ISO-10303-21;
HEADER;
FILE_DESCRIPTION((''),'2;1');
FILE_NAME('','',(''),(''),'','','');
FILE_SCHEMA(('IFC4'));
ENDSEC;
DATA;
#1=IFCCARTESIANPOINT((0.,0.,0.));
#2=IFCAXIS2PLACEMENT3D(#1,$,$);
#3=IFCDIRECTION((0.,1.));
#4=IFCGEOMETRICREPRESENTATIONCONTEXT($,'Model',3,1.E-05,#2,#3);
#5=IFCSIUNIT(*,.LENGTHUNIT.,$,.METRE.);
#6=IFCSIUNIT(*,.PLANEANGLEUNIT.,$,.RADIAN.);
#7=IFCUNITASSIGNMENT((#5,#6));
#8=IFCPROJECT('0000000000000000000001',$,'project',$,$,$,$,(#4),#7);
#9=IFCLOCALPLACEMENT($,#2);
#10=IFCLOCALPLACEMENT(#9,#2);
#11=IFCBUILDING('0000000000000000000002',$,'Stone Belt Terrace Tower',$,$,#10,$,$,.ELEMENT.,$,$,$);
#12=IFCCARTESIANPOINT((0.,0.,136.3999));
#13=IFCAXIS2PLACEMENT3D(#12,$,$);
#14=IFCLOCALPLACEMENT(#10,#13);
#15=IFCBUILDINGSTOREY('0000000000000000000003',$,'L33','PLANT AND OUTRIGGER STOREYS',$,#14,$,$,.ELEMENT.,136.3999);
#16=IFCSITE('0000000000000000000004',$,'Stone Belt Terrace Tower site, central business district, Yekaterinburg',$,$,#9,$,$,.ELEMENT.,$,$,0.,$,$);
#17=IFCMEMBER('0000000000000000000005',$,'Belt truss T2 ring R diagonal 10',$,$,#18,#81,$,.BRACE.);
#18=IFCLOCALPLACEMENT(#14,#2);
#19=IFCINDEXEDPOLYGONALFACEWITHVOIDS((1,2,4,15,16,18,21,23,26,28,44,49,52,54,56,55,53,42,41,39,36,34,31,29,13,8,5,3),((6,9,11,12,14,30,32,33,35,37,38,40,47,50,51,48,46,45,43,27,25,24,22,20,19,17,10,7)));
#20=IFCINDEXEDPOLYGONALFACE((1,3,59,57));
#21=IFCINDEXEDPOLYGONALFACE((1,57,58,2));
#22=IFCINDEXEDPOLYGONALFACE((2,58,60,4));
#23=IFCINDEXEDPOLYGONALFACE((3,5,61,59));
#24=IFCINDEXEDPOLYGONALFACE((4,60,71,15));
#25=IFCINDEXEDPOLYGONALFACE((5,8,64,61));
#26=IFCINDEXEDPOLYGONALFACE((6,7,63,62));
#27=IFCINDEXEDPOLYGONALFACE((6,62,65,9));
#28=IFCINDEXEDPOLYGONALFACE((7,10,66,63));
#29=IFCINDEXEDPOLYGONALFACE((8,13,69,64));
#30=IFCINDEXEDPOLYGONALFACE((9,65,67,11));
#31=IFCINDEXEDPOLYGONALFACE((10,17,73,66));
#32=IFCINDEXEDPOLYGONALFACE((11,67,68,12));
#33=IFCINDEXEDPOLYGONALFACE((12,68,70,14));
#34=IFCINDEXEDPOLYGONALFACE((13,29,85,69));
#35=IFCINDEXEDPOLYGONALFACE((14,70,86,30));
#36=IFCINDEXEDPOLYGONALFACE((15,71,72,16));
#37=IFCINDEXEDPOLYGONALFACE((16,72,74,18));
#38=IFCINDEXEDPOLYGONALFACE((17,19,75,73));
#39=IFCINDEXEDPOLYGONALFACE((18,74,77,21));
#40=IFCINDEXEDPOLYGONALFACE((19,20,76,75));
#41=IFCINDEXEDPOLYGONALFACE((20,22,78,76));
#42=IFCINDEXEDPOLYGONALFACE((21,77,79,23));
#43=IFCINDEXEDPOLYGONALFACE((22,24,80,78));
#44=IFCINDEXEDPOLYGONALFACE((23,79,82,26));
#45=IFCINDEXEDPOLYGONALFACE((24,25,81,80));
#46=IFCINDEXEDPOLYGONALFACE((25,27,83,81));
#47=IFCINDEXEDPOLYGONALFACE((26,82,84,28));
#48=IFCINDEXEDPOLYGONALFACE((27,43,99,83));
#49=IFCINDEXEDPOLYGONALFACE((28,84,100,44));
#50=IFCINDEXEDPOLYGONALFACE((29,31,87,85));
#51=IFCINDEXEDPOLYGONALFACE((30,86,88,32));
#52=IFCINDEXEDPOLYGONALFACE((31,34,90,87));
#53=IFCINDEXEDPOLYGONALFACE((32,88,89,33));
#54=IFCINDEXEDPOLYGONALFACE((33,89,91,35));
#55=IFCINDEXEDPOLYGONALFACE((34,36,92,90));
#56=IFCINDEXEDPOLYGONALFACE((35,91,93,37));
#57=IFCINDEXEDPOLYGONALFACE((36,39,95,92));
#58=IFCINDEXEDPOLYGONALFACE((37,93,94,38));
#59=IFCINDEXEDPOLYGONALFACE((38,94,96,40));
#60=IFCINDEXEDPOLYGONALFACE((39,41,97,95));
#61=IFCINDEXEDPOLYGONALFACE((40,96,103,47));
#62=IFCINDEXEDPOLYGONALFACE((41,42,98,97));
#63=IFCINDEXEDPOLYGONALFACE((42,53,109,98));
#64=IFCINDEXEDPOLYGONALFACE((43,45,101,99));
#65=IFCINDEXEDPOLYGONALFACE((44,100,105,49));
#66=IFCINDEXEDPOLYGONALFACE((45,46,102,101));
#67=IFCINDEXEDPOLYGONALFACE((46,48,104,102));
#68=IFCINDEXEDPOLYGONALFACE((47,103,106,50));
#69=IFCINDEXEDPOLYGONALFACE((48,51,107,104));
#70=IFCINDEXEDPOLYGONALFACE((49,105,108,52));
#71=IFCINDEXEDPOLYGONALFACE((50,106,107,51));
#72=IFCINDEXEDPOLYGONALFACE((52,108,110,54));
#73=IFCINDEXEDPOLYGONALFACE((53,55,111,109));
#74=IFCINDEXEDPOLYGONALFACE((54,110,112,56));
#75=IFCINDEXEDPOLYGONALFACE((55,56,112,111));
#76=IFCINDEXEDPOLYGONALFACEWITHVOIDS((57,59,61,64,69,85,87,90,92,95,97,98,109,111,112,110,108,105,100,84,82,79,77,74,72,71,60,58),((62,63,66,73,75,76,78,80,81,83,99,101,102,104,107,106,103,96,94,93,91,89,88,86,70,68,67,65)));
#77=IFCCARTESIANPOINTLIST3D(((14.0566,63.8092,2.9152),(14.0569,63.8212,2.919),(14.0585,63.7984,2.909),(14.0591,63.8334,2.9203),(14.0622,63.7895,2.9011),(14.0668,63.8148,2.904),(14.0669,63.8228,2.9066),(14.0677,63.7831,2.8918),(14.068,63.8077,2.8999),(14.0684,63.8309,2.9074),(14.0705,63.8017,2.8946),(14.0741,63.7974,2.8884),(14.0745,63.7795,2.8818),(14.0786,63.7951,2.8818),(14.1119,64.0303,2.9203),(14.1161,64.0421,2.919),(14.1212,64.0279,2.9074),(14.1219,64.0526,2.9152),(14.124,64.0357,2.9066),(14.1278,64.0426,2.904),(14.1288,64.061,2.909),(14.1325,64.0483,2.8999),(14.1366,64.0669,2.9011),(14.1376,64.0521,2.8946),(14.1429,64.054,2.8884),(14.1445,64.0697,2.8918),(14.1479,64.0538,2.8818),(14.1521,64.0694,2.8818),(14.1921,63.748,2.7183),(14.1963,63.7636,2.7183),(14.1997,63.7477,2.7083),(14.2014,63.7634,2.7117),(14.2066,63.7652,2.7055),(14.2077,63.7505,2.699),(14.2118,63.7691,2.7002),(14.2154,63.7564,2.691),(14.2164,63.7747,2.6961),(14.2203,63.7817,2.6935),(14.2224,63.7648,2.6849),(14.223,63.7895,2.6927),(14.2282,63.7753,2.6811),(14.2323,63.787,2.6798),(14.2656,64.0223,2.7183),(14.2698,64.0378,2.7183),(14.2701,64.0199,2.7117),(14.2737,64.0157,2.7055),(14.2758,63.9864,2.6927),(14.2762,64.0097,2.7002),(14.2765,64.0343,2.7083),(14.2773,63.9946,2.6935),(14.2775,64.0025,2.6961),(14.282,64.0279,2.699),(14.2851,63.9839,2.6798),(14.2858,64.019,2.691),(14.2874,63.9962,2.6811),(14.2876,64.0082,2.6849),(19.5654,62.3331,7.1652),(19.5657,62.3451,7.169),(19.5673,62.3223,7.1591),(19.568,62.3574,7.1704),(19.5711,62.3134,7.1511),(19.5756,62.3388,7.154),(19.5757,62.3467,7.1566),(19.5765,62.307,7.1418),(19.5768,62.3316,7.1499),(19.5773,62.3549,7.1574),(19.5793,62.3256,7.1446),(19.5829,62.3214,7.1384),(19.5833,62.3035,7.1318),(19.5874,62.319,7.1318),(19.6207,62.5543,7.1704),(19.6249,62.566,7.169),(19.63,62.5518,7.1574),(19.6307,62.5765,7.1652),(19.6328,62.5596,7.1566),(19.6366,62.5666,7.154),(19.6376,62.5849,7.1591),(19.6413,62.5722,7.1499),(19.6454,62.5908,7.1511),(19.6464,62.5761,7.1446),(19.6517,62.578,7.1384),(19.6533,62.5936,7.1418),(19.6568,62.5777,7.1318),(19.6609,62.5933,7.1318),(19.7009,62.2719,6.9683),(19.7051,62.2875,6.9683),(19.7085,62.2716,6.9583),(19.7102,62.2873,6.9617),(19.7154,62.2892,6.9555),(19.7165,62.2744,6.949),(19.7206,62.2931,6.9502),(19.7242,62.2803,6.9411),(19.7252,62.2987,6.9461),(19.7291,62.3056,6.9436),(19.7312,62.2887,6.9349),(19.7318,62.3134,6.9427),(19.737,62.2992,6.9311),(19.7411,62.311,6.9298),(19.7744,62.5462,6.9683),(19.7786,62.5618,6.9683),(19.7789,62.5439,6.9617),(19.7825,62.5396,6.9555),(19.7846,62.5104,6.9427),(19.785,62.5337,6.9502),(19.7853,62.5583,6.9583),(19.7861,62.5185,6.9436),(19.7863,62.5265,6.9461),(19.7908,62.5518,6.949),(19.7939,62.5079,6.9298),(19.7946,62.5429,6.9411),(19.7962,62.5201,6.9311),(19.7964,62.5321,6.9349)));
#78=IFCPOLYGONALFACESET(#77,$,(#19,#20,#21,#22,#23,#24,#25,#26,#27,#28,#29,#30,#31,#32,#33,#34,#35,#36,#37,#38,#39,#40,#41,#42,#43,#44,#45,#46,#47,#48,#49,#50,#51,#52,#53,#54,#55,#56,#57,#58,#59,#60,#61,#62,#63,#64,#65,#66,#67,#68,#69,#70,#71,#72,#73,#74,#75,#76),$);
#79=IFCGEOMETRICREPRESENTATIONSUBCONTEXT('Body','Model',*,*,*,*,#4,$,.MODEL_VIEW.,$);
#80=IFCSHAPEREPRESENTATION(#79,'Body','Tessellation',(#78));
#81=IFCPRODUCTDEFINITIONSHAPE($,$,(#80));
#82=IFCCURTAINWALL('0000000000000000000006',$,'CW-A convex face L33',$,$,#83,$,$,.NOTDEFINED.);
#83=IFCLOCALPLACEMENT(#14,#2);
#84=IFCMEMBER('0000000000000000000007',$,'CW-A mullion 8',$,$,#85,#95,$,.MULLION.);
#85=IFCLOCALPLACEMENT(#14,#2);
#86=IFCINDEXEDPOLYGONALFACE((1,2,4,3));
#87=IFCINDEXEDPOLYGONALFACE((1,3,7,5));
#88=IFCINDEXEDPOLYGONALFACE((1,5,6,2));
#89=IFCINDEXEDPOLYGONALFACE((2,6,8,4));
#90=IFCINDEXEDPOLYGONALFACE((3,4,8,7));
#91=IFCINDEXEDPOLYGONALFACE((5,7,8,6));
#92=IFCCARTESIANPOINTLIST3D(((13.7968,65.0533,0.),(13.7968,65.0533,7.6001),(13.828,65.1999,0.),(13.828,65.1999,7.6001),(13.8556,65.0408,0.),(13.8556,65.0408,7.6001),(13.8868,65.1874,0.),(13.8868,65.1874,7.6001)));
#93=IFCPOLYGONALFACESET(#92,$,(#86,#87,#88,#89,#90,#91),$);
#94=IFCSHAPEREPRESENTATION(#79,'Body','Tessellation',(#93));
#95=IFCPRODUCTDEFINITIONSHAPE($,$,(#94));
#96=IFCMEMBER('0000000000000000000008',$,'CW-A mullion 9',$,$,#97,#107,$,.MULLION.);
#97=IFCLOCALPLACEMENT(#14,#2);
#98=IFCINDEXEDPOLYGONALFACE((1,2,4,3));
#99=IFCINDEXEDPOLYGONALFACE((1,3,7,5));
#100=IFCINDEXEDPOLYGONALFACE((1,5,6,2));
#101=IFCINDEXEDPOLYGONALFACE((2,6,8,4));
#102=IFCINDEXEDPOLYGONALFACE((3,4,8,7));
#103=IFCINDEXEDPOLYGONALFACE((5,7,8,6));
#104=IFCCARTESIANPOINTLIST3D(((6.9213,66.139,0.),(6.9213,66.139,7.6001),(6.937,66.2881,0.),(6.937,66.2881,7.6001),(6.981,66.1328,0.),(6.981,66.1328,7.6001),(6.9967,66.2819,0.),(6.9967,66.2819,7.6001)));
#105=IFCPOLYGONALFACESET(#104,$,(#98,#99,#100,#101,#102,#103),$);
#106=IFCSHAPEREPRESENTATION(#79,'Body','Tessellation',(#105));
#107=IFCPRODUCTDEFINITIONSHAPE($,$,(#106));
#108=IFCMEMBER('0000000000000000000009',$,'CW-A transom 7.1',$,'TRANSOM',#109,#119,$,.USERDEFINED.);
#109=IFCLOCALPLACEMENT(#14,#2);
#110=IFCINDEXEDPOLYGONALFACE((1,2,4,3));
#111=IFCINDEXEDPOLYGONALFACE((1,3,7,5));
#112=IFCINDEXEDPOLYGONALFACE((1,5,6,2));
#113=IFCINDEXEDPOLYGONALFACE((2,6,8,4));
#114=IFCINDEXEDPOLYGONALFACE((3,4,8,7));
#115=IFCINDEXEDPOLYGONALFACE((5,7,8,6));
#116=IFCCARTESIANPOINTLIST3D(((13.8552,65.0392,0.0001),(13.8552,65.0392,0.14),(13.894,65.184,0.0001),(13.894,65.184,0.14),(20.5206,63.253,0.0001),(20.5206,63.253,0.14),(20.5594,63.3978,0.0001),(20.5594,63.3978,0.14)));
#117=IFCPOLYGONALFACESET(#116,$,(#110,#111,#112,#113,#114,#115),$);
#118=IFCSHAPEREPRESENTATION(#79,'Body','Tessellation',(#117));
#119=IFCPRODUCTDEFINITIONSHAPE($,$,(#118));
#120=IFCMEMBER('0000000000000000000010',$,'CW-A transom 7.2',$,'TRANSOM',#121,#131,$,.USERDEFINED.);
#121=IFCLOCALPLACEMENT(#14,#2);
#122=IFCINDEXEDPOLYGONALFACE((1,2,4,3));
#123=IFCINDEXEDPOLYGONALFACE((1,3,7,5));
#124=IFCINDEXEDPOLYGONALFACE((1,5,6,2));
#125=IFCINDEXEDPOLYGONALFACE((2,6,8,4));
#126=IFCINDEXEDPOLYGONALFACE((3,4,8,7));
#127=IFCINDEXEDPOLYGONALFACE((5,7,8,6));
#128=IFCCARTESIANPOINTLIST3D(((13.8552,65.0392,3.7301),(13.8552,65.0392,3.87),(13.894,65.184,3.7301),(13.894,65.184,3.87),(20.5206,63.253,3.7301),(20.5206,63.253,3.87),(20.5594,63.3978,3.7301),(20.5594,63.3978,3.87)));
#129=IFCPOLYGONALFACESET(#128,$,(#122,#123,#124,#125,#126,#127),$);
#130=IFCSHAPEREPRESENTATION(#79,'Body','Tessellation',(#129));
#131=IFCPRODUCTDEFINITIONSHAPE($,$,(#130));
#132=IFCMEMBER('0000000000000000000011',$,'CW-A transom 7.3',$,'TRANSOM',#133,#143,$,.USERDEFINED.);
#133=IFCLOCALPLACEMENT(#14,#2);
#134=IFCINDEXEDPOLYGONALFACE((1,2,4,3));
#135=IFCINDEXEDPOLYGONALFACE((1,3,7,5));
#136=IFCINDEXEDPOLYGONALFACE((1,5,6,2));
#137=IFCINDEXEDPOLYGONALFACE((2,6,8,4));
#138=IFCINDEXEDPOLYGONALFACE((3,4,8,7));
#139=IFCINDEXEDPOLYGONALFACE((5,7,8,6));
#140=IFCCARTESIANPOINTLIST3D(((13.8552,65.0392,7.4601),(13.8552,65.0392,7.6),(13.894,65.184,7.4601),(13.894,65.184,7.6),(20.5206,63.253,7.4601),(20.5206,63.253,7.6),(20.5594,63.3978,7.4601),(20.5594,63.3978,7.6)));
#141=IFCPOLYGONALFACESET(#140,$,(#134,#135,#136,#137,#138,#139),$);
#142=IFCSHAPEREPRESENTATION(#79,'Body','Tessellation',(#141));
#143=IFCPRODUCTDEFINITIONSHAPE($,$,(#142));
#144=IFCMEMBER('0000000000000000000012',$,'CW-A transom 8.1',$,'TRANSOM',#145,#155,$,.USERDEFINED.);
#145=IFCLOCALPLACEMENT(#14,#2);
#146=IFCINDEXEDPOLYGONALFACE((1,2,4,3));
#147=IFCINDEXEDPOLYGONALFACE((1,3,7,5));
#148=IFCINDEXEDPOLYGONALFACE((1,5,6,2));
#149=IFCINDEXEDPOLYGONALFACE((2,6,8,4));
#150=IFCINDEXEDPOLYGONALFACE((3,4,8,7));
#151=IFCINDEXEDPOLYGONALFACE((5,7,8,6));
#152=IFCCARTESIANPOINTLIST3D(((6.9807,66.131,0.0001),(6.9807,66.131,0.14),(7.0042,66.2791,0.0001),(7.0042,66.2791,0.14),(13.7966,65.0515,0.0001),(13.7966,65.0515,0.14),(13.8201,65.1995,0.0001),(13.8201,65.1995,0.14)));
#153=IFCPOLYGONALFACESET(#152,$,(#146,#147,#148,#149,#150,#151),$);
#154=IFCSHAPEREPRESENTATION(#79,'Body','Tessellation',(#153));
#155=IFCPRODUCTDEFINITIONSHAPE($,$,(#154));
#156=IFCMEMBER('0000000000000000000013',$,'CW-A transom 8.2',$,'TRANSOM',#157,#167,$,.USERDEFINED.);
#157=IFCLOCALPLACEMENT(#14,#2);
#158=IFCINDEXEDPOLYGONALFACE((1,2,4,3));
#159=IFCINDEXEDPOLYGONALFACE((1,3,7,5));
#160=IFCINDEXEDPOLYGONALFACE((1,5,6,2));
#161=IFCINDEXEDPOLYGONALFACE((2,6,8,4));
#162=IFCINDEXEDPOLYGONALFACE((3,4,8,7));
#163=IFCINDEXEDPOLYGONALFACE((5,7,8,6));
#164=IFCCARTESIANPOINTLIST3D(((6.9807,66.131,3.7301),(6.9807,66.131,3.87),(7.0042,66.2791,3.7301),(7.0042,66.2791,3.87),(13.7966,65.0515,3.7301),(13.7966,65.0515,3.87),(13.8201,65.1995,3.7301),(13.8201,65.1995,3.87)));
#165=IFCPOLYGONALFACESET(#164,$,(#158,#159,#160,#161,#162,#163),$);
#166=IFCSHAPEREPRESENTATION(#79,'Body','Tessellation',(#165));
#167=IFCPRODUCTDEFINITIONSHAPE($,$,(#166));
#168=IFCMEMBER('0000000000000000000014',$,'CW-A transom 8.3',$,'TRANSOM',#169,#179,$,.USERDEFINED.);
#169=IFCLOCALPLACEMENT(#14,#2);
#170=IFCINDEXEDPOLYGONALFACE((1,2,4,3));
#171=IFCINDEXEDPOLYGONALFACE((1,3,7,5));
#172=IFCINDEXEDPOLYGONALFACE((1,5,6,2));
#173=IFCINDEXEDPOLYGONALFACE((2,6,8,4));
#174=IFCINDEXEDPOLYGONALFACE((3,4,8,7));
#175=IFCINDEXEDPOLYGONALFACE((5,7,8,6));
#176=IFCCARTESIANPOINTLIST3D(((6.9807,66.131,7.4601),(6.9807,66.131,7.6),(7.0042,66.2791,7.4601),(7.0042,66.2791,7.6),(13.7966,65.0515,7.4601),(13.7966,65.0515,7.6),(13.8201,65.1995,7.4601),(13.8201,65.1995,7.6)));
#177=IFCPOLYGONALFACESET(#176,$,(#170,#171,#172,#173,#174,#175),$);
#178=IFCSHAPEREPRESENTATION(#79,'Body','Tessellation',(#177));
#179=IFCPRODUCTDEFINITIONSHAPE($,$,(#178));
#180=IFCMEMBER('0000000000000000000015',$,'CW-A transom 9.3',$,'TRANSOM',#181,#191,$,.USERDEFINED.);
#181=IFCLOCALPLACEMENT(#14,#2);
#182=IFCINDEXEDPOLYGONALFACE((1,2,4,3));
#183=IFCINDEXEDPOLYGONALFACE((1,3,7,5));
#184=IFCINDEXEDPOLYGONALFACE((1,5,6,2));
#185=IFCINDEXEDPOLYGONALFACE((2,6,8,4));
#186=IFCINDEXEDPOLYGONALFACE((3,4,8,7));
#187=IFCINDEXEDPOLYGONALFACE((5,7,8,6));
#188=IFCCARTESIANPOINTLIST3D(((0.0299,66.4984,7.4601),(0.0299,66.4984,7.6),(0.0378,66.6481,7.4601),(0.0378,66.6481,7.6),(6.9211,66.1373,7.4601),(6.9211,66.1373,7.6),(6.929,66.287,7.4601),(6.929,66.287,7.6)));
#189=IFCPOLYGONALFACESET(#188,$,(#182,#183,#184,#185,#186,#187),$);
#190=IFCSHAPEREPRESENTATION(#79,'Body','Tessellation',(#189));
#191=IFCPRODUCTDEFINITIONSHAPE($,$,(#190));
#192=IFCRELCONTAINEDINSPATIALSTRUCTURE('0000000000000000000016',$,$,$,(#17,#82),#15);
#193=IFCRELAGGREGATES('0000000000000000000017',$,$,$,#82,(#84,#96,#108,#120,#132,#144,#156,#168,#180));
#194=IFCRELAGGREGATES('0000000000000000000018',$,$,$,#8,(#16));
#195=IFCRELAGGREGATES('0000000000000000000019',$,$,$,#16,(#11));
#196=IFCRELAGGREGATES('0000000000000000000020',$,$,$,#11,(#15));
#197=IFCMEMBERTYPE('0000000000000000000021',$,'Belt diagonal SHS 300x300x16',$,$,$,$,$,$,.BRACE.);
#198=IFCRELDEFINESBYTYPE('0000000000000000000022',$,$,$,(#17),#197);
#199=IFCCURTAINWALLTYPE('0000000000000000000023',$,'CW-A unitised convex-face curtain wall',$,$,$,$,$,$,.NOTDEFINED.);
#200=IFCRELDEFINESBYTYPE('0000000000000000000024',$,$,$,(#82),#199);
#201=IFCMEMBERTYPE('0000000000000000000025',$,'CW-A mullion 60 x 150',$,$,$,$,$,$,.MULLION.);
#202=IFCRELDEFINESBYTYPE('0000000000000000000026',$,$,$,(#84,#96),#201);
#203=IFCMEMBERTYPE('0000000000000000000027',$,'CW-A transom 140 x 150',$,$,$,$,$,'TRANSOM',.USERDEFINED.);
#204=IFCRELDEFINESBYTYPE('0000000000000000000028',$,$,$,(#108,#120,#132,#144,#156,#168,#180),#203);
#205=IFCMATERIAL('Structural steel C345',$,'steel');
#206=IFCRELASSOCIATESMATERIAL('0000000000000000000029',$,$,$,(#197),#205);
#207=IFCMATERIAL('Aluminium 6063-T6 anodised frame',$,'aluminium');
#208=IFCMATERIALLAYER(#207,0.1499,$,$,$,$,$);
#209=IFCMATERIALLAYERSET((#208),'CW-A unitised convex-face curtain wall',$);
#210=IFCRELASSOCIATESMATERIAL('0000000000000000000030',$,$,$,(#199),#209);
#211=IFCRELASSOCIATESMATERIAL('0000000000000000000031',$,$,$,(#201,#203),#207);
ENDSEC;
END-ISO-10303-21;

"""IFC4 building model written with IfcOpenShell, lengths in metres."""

from ifc_helpers import new_model, si_unit, direction, frame, origin, origin_2d, place, context, subcontext, project, spatial, rectangle, hollow_rectangle, extrude, material, layer, layer_set, material_profile, profile_set, type_object, element, aggregate, save


model = new_model("IFC4")

# Units and contexts
model_context = context("Model", 3, precision=1e-05, world=origin(), true_north=direction((0.0, 1.0)))
body_context = subcontext(model_context, "Body", "Model", "MODEL_VIEW")
ifc_project = project(units=[si_unit("LENGTHUNIT", "METRE"), si_unit("PLANEANGLEUNIT", "RADIAN")], contexts=[model_context])

# Site, building, storey
site_placement = place(None, origin())
site = spatial("IfcSite", under=ifc_project, at=site_placement, Name="Stone Belt Terrace Tower site, central business district, Yekaterinburg", CompositionType="ELEMENT", RefElevation=0.0)
building_placement = place(site_placement, origin())
building = spatial("IfcBuilding", under=site, at=building_placement, Name="Stone Belt Terrace Tower", CompositionType="ELEMENT")
storey_placement = place(building_placement, frame((0.0, 0.0, 136.3999)))
storey = spatial("IfcBuildingStorey", under=building, at=storey_placement, Name="L33", Description="PLANT AND OUTRIGGER STOREYS", CompositionType="ELEMENT", Elevation=136.3999)

# Member
ifc_material_1 = material(Name="Structural steel C345", Category="steel")
ifc_material_profile_1 = material_profile(ifc_material_1, hollow_rectangle(XDim=0.3, YDim=0.3, WallThickness=0.0161, InnerFilletRadius=0.032, OuterFilletRadius=0.0481, at=origin_2d()), Name="SHS 300x300x16")
ifc_profile_set_1 = profile_set([ifc_material_profile_1], Name="Structural steel C345")
member_type_1 = type_object("IfcMemberType", Name="Belt diagonal SHS 300x300x16", PredefinedType="BRACE", material=ifc_profile_set_1)
for number, where, z_axis, x_axis, name in (
    (1, (14.1721, 63.9087, 2.8), (0.774519, -0.207532, 0.597537), (0.258819, 0.965926, 0.0), "Belt truss T2 ring R diagonal 10"),
):
    element("IfcMember", number, at=place(storey_placement, frame(where, z_axis=z_axis, x_axis=x_axis)), inside=storey, type_object=member_type_1, Name=name, PredefinedType="BRACE", context=body_context, shape_type="SweptSolid", body=[
        extrude(hollow_rectangle(XDim=0.3, YDim=0.3, WallThickness=0.0161, InnerFilletRadius=0.032, OuterFilletRadius=0.0481, at=origin_2d()), origin(), (0.0, 0.0, 1.0), 7.1125),
    ])

# Curtain wall, members
ifc_material_2 = material(Name="Aluminium 6063-T6 anodised frame", Category="aluminium")
ifc_layer_1 = layer(ifc_material_2, 0.1499)
ifc_layer_set_1 = layer_set([ifc_layer_1], Name="CW-A unitised convex-face curtain wall")
curtain_wall_type = type_object("IfcCurtainWallType", Name="CW-A unitised convex-face curtain wall", PredefinedType="NOTDEFINED", material=ifc_layer_set_1)
curtain_wall_placement = place(storey_placement, origin())
curtain_wall = element("IfcCurtainWall", 2, at=curtain_wall_placement, inside=storey, type_object=curtain_wall_type, Name="CW-A convex face L33", PredefinedType="NOTDEFINED")
ifc_material_profile_2 = material_profile(ifc_material_2, rectangle(XDim=0.1499, YDim=0.0601, at=origin_2d()), Name="Aluminium 6063-T6 60x150")
ifc_profile_set_2 = profile_set([ifc_material_profile_2], Name="Aluminium 6063-T6 anodised frame")
member_type_2 = type_object("IfcMemberType", Name="CW-A mullion 60 x 150", PredefinedType="MULLION", material=ifc_profile_set_2)
member_1_placement = place(storey_placement, frame((13.8418, 65.1204, 0.0), z_axis=(0.0, 0.0, 1.0), x_axis=(-0.207912, -0.978148, 0.0)))
member_1 = element("IfcMember", 3, at=member_1_placement, type_object=member_type_2, Name="CW-A mullion 8", PredefinedType="MULLION", context=body_context, shape_type="SweptSolid", body=[
    extrude(rectangle(XDim=0.1499, YDim=0.0601, at=origin_2d()), origin(), (0.0, 0.0, 1.0), 7.6001),
])
member_2_placement = place(storey_placement, frame((6.959, 66.2104, 0.0), z_axis=(0.0, 0.0, 1.0), x_axis=(-0.104528, -0.994522, 0.0)))
member_2 = element("IfcMember", 4, at=member_2_placement, type_object=member_type_2, Name="CW-A mullion 9", PredefinedType="MULLION", context=body_context, shape_type="SweptSolid", body=[
    extrude(rectangle(XDim=0.1499, YDim=0.0601, at=origin_2d()), origin(), (0.0, 0.0, 1.0), 7.6001),
])
ifc_material_profile_3 = material_profile(ifc_material_2, rectangle(XDim=0.1499, YDim=0.1399, at=origin_2d()), Name="Aluminium 6063-T6 150x140")
ifc_profile_set_3 = profile_set([ifc_material_profile_3], Name="Aluminium 6063-T6 anodised frame")
member_type_3 = type_object("IfcMemberType", Name="CW-A transom 140 x 150", ElementType="TRANSOM", PredefinedType="USERDEFINED", material=ifc_profile_set_3)
member_3_placement = place(storey_placement, frame((20.54, 63.3254, 0.0701), z_axis=(-0.965922, 0.258834, 0.0), x_axis=(-0.258834, -0.965922, 0.0)))
member_3 = element("IfcMember", 5, at=member_3_placement, type_object=member_type_3, Name="CW-A transom 7.1", ObjectType="TRANSOM", PredefinedType="USERDEFINED", context=body_context, shape_type="SweptSolid", body=[
    extrude(rectangle(XDim=0.1499, YDim=0.1399, at=origin_2d()), origin(), (0.0, 0.0, 1.0), 6.9006),
])
member_4_placement = place(storey_placement, frame((20.54, 63.3254, 3.8), z_axis=(-0.965922, 0.258834, 0.0), x_axis=(-0.258834, -0.965922, 0.0)))
member_4 = element("IfcMember", 6, at=member_4_placement, type_object=member_type_3, Name="CW-A transom 7.2", ObjectType="TRANSOM", PredefinedType="USERDEFINED", context=body_context, shape_type="SweptSolid", body=[
    extrude(rectangle(XDim=0.1499, YDim=0.1399, at=origin_2d()), origin(), (0.0, 0.0, 1.0), 6.9006),
])
member_5_placement = place(storey_placement, frame((20.54, 63.3254, 7.53), z_axis=(-0.965922, 0.258834, 0.0), x_axis=(-0.258834, -0.965922, 0.0)))
member_5 = element("IfcMember", 7, at=member_5_placement, type_object=member_type_3, Name="CW-A transom 7.3", ObjectType="TRANSOM", PredefinedType="USERDEFINED", context=body_context, shape_type="SweptSolid", body=[
    extrude(rectangle(XDim=0.1499, YDim=0.1399, at=origin_2d()), origin(), (0.0, 0.0, 1.0), 6.9006),
])
member_6_placement = place(storey_placement, frame((13.8083, 65.1255, 0.0701), z_axis=(-0.987687, 0.156442, 0.0), x_axis=(-0.156442, -0.987687, 0.0)))
member_6 = element("IfcMember", 8, at=member_6_placement, type_object=member_type_3, Name="CW-A transom 8.1", ObjectType="TRANSOM", PredefinedType="USERDEFINED", context=body_context, shape_type="SweptSolid", body=[
    extrude(rectangle(XDim=0.1499, YDim=0.1399, at=origin_2d()), origin(), (0.0, 0.0, 1.0), 6.9009),
])
member_7_placement = place(storey_placement, frame((13.8083, 65.1255, 3.8), z_axis=(-0.987687, 0.156442, 0.0), x_axis=(-0.156442, -0.987687, 0.0)))
member_7 = element("IfcMember", 9, at=member_7_placement, type_object=member_type_3, Name="CW-A transom 8.2", ObjectType="TRANSOM", PredefinedType="USERDEFINED", context=body_context, shape_type="SweptSolid", body=[
    extrude(rectangle(XDim=0.1499, YDim=0.1399, at=origin_2d()), origin(), (0.0, 0.0, 1.0), 6.9009),
])
member_8_placement = place(storey_placement, frame((13.8083, 65.1255, 7.53), z_axis=(-0.987687, 0.156442, 0.0), x_axis=(-0.156442, -0.987687, 0.0)))
member_8 = element("IfcMember", 10, at=member_8_placement, type_object=member_type_3, Name="CW-A transom 8.3", ObjectType="TRANSOM", PredefinedType="USERDEFINED", context=body_context, shape_type="SweptSolid", body=[
    extrude(rectangle(XDim=0.1499, YDim=0.1399, at=origin_2d()), origin(), (0.0, 0.0, 1.0), 6.9009),
])
member_9_placement = place(storey_placement, frame((6.925, 66.2122, 7.53), z_axis=(-0.99863, 0.052327, 0.0), x_axis=(-0.052327, -0.99863, 0.0)))
member_9 = element("IfcMember", 11, at=member_9_placement, type_object=member_type_3, Name="CW-A transom 9.3", ObjectType="TRANSOM", PredefinedType="USERDEFINED", context=body_context, shape_type="SweptSolid", body=[
    extrude(rectangle(XDim=0.1499, YDim=0.1399, at=origin_2d()), origin(), (0.0, 0.0, 1.0), 6.9006),
])
aggregate(curtain_wall, [member_1, member_2, member_3, member_4, member_5, member_6, member_7, member_8, member_9])

save(model, "model.ifc")
